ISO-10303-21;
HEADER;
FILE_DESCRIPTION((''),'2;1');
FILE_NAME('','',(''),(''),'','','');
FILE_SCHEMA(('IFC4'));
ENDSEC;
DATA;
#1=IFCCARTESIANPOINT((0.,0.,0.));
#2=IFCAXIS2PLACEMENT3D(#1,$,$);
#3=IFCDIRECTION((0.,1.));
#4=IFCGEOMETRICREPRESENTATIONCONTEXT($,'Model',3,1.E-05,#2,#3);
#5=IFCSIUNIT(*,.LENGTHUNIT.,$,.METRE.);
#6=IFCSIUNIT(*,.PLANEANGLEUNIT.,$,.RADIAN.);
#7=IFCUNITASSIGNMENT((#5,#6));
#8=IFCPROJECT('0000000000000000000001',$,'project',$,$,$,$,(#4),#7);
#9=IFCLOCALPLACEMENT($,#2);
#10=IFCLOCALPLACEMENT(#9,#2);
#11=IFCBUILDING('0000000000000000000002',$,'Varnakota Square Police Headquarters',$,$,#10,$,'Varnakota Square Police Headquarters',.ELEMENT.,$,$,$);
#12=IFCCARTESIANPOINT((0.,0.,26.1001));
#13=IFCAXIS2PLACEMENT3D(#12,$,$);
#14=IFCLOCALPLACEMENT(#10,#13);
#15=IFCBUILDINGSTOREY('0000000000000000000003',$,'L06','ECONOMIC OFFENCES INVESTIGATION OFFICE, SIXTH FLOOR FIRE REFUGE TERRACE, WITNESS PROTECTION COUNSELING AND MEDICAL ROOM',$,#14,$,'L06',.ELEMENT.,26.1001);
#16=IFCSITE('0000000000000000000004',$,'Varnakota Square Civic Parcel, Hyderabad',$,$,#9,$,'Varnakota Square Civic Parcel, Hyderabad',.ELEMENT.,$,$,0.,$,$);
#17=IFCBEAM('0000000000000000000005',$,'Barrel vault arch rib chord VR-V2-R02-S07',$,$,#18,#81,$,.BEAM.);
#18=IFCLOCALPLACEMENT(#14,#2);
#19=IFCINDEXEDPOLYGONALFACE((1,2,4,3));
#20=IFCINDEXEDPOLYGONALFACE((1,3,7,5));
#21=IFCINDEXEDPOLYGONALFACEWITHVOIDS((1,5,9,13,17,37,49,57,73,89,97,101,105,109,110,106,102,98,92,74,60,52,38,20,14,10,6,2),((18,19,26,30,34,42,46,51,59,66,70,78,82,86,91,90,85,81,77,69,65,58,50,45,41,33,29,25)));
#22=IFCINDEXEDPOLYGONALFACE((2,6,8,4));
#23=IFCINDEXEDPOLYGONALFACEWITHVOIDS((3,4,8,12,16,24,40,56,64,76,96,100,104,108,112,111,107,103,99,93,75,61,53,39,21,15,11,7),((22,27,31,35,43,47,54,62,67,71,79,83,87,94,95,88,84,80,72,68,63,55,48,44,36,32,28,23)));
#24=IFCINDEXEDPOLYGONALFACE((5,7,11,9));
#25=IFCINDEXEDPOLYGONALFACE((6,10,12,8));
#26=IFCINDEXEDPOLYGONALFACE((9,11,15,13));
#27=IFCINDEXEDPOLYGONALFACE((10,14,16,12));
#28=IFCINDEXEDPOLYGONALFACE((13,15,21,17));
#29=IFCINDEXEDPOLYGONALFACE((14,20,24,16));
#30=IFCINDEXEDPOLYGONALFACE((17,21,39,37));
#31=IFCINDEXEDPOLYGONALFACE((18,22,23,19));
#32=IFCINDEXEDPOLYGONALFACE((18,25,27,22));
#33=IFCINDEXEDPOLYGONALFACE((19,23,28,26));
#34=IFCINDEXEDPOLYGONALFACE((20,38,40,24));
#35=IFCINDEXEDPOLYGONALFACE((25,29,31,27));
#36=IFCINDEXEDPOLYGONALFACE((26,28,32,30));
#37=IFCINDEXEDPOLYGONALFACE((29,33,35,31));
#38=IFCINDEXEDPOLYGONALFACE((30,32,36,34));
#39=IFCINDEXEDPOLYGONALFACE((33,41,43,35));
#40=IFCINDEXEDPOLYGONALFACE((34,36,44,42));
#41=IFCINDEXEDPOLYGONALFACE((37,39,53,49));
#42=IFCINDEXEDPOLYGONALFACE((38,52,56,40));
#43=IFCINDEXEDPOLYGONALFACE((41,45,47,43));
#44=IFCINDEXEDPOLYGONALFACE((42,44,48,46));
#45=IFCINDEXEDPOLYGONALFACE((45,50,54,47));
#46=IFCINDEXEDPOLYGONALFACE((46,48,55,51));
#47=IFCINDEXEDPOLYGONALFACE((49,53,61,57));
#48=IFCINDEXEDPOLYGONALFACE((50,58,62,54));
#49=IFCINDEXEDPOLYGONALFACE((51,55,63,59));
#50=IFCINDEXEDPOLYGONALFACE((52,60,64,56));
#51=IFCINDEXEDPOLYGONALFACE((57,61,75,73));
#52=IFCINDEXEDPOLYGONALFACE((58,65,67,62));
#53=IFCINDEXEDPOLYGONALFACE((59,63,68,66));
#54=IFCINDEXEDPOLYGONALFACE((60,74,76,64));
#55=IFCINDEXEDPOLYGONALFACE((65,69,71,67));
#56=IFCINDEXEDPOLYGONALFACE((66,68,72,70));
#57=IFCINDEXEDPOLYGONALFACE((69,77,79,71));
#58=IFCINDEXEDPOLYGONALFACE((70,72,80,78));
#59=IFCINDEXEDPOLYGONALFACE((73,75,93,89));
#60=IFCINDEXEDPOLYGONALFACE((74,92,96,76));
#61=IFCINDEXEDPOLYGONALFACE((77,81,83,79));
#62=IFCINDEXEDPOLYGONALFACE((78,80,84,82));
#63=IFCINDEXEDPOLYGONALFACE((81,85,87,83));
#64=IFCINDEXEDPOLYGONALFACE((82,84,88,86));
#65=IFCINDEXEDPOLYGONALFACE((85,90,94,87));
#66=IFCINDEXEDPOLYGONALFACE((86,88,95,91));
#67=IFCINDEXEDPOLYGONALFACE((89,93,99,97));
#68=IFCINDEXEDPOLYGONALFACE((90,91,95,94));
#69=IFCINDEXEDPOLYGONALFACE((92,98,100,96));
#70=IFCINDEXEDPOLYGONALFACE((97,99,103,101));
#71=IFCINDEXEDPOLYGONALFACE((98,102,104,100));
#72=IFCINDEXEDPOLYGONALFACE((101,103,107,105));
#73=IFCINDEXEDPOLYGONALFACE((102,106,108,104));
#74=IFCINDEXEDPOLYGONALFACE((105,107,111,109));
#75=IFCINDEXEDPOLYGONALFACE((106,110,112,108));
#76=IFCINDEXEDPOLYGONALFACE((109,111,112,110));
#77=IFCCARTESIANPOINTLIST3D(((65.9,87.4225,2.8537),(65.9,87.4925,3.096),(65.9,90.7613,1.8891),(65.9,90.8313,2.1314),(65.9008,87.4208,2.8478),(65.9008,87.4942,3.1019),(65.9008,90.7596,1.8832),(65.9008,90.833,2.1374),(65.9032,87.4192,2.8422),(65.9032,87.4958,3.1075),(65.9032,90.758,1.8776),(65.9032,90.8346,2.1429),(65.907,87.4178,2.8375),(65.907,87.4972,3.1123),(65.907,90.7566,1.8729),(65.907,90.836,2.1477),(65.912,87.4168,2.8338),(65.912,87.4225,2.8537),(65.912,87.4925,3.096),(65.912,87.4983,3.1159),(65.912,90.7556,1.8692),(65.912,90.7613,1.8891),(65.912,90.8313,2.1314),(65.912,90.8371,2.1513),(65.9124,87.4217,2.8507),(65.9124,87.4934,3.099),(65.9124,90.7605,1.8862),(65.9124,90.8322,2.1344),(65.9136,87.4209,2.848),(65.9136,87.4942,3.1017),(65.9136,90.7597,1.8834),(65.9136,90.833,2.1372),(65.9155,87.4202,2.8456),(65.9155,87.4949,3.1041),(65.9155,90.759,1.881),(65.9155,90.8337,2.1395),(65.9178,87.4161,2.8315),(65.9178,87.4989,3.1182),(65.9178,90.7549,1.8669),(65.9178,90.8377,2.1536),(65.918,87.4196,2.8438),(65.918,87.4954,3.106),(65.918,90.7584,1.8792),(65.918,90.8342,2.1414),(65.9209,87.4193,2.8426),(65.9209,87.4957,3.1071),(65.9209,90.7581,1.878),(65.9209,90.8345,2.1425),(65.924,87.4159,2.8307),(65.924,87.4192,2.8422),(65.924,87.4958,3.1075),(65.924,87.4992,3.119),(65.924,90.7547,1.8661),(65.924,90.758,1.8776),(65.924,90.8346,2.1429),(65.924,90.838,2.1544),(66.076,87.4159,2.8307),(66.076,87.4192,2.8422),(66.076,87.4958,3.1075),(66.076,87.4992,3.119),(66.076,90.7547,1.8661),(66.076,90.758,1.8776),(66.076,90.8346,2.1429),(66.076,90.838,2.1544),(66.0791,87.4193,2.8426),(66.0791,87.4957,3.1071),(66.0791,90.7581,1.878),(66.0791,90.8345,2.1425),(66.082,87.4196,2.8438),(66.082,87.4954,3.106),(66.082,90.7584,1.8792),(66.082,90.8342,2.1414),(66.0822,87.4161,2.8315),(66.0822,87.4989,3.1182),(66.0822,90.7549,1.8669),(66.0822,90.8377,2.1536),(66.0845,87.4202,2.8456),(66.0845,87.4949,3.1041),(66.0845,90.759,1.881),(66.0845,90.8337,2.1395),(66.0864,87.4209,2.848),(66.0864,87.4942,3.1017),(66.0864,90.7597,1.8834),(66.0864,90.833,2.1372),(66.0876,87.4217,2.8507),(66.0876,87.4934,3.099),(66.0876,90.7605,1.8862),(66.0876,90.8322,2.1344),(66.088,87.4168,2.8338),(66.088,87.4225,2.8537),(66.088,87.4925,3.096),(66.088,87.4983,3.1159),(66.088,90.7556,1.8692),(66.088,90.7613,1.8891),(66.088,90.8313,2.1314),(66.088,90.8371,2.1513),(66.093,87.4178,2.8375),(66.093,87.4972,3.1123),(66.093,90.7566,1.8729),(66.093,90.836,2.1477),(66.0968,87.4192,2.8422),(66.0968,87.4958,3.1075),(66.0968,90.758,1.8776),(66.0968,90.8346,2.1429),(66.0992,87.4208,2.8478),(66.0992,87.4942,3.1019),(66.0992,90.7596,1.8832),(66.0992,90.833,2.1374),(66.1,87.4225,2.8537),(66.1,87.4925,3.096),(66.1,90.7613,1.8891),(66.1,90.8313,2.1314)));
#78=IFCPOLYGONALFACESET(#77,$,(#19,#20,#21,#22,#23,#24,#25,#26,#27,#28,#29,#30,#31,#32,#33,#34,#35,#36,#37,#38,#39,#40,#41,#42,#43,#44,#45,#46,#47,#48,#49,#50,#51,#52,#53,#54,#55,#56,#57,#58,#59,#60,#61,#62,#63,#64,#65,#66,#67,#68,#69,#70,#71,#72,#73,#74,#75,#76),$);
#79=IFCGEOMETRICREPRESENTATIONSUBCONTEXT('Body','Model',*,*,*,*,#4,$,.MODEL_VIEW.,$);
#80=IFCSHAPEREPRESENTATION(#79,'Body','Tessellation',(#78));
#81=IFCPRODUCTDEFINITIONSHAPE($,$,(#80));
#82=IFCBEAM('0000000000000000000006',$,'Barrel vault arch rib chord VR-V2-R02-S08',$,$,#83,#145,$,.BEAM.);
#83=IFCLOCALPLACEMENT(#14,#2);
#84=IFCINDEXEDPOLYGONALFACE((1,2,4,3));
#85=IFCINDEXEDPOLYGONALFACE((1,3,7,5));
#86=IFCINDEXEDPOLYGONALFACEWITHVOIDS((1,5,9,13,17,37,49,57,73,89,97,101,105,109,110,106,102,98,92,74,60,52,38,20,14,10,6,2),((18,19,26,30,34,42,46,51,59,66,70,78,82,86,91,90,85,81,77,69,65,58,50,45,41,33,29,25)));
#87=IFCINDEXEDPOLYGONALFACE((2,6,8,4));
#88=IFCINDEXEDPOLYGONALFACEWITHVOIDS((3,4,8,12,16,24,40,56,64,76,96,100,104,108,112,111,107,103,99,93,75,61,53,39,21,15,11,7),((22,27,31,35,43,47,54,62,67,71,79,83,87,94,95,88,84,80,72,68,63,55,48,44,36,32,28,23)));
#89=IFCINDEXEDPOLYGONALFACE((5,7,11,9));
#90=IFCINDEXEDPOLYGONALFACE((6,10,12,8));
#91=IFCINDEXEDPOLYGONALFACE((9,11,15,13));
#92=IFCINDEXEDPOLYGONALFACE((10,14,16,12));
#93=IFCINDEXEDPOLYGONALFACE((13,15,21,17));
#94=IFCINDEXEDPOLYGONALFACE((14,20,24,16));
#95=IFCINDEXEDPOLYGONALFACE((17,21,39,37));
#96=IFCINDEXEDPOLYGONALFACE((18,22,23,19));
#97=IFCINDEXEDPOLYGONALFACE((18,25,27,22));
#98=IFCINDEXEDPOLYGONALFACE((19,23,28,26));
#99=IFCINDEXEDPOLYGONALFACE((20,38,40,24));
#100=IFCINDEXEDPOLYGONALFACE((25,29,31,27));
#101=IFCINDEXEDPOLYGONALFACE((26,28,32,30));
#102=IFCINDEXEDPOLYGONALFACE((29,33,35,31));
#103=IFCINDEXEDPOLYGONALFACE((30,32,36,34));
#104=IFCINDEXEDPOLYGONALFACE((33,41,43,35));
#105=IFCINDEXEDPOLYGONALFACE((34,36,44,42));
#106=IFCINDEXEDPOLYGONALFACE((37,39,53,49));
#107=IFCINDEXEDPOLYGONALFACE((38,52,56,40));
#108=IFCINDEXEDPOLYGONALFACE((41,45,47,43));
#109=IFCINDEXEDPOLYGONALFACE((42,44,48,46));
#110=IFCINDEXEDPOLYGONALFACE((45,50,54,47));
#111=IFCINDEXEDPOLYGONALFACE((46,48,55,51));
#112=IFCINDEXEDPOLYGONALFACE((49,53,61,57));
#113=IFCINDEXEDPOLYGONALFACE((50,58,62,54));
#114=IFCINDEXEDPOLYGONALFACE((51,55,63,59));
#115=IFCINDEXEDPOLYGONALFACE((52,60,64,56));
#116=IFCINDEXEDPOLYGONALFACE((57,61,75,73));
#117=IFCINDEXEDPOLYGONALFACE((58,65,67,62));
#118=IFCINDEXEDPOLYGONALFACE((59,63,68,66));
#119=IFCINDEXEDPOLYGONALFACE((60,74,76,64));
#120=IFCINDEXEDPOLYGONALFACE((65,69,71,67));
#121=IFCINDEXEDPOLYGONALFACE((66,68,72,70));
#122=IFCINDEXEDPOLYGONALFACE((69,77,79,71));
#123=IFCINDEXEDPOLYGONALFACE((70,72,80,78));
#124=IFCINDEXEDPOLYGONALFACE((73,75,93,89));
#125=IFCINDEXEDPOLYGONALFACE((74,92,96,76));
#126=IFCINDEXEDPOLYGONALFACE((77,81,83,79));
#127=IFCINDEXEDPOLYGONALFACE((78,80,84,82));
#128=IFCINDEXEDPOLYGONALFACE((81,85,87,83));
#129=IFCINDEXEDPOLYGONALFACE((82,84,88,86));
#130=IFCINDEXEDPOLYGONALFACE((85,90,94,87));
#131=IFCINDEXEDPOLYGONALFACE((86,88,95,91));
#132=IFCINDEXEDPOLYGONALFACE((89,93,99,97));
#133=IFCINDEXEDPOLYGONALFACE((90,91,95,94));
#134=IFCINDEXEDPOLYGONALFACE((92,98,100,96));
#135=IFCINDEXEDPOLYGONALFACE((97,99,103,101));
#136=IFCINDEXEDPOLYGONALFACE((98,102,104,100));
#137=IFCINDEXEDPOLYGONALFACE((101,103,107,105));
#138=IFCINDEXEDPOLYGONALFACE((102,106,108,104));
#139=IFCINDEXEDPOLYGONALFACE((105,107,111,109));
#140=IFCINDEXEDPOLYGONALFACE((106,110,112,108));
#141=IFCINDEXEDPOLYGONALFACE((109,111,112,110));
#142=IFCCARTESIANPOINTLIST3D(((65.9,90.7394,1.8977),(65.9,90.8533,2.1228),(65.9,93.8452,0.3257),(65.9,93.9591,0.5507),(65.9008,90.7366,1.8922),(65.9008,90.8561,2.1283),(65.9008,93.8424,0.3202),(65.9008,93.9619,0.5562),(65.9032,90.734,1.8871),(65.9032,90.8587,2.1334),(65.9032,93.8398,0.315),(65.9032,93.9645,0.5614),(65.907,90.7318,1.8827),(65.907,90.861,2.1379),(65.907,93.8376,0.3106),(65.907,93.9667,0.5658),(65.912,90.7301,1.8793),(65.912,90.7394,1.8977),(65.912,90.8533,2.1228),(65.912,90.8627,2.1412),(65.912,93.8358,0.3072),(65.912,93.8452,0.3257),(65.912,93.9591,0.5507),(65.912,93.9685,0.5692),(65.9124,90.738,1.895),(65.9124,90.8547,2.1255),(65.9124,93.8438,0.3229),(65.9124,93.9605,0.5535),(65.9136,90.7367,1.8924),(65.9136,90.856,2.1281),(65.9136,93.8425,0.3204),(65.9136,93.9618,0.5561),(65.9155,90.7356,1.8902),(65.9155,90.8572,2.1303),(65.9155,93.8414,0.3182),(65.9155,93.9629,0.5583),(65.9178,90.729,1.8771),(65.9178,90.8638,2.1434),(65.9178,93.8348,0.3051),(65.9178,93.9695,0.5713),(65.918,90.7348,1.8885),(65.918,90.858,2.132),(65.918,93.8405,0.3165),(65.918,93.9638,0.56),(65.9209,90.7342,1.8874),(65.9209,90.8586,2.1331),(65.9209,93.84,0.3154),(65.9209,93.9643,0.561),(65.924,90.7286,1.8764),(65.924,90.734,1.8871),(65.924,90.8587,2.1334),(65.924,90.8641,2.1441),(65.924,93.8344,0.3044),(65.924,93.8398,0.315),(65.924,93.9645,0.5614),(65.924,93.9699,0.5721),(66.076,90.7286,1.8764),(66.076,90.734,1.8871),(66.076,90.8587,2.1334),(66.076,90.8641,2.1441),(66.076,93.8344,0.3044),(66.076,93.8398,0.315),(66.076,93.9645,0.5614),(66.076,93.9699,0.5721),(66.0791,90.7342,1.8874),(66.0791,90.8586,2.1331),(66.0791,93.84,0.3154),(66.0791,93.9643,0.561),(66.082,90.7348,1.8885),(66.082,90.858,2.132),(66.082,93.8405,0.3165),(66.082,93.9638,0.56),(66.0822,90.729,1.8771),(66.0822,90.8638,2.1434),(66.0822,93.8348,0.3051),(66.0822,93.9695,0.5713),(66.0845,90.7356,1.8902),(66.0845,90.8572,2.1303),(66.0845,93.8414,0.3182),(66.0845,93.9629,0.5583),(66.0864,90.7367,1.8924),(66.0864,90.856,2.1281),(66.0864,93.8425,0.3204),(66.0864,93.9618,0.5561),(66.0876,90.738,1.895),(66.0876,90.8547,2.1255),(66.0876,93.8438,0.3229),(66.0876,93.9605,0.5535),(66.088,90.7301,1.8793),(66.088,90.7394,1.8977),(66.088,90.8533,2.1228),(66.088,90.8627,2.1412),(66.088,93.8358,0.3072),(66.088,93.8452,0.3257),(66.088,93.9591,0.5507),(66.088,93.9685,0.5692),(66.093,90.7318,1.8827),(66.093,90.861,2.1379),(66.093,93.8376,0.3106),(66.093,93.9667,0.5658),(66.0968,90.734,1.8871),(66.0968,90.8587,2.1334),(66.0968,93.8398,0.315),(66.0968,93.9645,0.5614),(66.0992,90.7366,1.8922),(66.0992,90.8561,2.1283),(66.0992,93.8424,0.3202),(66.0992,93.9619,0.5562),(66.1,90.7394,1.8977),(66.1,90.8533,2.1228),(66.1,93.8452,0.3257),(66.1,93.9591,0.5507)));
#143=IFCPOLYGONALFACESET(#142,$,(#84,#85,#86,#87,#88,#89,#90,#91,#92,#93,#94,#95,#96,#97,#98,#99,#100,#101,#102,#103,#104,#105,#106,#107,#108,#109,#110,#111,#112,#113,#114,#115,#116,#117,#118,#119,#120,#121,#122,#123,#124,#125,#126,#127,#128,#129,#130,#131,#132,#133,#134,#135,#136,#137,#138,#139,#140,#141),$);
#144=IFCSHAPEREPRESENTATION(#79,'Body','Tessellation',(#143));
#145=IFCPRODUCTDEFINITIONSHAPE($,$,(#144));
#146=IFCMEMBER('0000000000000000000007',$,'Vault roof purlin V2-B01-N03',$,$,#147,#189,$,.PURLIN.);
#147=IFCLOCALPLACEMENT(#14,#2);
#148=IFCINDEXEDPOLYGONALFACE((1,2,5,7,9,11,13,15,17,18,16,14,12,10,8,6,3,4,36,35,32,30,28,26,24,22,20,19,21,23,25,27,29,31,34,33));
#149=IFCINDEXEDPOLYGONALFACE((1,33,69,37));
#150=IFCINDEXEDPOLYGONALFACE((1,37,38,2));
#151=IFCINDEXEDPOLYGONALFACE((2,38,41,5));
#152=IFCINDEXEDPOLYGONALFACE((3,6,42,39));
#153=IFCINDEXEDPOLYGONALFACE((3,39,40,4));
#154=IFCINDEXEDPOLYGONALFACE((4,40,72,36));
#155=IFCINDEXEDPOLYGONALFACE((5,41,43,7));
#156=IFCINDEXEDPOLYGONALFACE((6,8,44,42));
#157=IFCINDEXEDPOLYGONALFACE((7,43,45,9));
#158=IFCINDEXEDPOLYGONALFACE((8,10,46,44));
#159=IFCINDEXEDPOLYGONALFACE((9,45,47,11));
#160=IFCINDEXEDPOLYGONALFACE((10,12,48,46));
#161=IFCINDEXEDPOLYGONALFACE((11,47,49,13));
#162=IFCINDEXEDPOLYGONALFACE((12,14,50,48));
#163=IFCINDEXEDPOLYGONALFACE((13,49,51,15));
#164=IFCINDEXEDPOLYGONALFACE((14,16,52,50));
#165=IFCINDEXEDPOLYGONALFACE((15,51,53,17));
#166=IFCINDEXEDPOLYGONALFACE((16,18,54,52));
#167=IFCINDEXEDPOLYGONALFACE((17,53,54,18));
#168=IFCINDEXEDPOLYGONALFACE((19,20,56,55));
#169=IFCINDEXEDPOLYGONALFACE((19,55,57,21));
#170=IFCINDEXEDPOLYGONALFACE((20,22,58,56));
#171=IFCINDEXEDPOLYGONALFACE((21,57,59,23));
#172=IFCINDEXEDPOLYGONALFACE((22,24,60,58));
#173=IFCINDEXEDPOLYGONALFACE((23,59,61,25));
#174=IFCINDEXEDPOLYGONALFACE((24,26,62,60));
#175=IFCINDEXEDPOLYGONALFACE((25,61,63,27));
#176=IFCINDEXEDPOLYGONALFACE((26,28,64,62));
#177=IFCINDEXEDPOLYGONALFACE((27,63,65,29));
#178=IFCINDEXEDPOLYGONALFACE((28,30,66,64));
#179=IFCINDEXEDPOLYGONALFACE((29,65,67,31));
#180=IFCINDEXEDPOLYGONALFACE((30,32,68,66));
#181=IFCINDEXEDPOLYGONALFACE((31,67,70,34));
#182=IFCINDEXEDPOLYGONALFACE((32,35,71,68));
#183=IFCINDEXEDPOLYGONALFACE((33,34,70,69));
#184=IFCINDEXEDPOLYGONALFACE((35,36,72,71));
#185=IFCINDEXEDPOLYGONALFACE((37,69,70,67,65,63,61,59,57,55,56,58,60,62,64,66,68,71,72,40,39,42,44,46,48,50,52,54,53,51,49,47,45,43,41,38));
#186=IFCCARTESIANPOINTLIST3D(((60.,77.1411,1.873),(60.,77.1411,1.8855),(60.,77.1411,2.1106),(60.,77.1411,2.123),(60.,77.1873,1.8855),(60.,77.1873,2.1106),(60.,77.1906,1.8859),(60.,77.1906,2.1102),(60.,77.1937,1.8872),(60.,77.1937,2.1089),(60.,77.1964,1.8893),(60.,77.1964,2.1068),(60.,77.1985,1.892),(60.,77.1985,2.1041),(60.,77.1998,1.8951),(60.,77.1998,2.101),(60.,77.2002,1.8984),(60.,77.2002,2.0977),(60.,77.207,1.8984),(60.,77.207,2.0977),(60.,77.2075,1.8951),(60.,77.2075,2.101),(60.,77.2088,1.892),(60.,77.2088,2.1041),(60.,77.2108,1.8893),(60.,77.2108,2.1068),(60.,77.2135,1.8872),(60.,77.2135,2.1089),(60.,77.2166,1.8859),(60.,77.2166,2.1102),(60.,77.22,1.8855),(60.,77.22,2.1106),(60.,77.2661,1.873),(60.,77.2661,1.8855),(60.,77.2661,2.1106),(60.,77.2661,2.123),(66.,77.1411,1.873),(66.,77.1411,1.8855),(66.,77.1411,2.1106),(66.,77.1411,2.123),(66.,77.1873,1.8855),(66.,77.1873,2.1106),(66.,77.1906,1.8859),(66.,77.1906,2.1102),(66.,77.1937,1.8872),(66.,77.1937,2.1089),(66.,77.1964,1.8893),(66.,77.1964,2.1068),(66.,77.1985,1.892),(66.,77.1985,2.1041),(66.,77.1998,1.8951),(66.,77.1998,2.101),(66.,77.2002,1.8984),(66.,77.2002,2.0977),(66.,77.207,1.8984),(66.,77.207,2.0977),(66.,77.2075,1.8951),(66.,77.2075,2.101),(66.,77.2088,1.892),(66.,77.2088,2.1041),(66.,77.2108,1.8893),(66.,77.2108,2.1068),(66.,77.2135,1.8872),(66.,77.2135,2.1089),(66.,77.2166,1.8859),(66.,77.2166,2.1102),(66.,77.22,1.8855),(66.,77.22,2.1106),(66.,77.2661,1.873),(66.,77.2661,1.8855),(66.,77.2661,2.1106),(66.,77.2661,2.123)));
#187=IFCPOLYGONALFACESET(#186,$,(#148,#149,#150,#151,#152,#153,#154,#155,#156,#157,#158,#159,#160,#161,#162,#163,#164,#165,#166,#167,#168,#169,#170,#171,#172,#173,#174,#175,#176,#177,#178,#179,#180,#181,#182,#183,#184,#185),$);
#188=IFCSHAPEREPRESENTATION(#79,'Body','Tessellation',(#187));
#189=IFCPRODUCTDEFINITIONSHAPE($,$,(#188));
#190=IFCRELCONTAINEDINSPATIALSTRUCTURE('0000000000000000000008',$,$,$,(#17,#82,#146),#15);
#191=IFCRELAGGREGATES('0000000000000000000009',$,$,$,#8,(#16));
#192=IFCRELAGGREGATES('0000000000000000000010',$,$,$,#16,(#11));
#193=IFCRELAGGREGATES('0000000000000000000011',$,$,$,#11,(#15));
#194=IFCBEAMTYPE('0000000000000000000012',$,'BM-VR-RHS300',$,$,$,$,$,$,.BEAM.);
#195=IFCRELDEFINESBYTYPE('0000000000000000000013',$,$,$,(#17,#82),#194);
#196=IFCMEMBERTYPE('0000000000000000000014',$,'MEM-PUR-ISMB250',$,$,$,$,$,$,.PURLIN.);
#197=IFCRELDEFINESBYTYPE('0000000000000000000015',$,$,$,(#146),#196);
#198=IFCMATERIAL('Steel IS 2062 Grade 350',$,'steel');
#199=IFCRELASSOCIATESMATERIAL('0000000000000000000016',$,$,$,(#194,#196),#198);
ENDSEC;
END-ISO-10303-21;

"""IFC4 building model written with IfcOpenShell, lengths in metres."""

from ifc_helpers import new_model, si_unit, direction, frame, origin, origin_2d, place, context, subcontext, project, spatial, hollow_rectangle, i_section, extrude, material, material_profile, profile_set, type_object, element, save


model = new_model("IFC4")

# Units and contexts
model_context = context("Model", 3, precision=1e-05, world=origin(), true_north=direction((0.0, 1.0)))
body_context = subcontext(model_context, "Body", "Model", "MODEL_VIEW")
ifc_project = project(units=[si_unit("LENGTHUNIT", "METRE"), si_unit("PLANEANGLEUNIT", "RADIAN")], contexts=[model_context])

# Site, building, storey
site_placement = place(None, origin())
site = spatial("IfcSite", under=ifc_project, at=site_placement, Name="Varnakota Square Civic Parcel, Hyderabad", LongName="Varnakota Square Civic Parcel, Hyderabad", CompositionType="ELEMENT", RefElevation=0.0)
building_placement = place(site_placement, origin())
building = spatial("IfcBuilding", under=site, at=building_placement, Name="Varnakota Square Police Headquarters", LongName="Varnakota Square Police Headquarters", CompositionType="ELEMENT")
storey_placement = place(building_placement, frame((0.0, 0.0, 26.1001)))
storey = spatial("IfcBuildingStorey", under=building, at=storey_placement, Name="L06", Description="ECONOMIC OFFENCES INVESTIGATION OFFICE, SIXTH FLOOR FIRE REFUGE TERRACE, WITNESS PROTECTION COUNSELING AND MEDICAL ROOM", LongName="L06", CompositionType="ELEMENT", Elevation=26.1001)

# Beams
ifc_material_1 = material(Name="Steel IS 2062 Grade 350", Category="steel")
ifc_material_profile_1 = material_profile(ifc_material_1, hollow_rectangle(XDim=0.2, YDim=0.3, WallThickness=0.012, InnerFilletRadius=0.012, OuterFilletRadius=0.0239, at=origin_2d()), Name="RHS 300x200x12")
ifc_profile_set_1 = profile_set([ifc_material_profile_1], Name="Steel IS 2062 Grade 350")
beam_type = type_object("IfcBeamType", Name="BM-VR-RHS300", PredefinedType="BEAM", material=ifc_profile_set_1)
beam_1_placement = place(storey_placement, frame((66.0, 87.4575, 2.9749), z_axis=(0.0, 0.960711, -0.27755), x_axis=(-1.0, 0.0, 0.0)))
element("IfcBeam", 1, at=beam_1_placement, inside=storey, type_object=beam_type, Name="Barrel vault arch rib chord VR-V2-R02-S07", PredefinedType="BEAM", context=body_context, shape_type="SweptSolid", body=[
    extrude(hollow_rectangle(XDim=0.2, YDim=0.3, WallThickness=0.012, InnerFilletRadius=0.012, OuterFilletRadius=0.0239, at=origin_2d()), origin(), (0.0, 0.0, 1.0), 3.4753),
])
beam_2_placement = place(storey_placement, frame((66.0, 90.7964, 2.0103), z_axis=(0.0, 0.892214, -0.451613), x_axis=(-1.0, 0.0, 0.0)))
element("IfcBeam", 2, at=beam_2_placement, inside=storey, type_object=beam_type, Name="Barrel vault arch rib chord VR-V2-R02-S08", PredefinedType="BEAM", context=body_context, shape_type="SweptSolid", body=[
    extrude(hollow_rectangle(XDim=0.2, YDim=0.3, WallThickness=0.012, InnerFilletRadius=0.012, OuterFilletRadius=0.0239, at=origin_2d()), origin(), (0.0, 0.0, 1.0), 3.481),
])

# Member
ifc_material_profile_2 = material_profile(ifc_material_1, i_section(OverallWidth=0.125, OverallDepth=0.25, WebThickness=0.0068, FlangeThickness=0.0125, FilletRadius=0.0129, at=origin_2d()), Name="ISMB 250")
ifc_profile_set_2 = profile_set([ifc_material_profile_2], Name="Steel IS 2062 Grade 350")
member_type_1 = type_object("IfcMemberType", Name="MEM-PUR-ISMB250", PredefinedType="PURLIN", material=ifc_profile_set_2)
for number, where, z_axis, x_axis, name in (
    (3, (60.0, 77.2036, 1.998), (1.0, 0.0, 0.0), (0.0, 1.0, 0.0), "Vault roof purlin V2-B01-N03"),
):
    element("IfcMember", number, at=place(storey_placement, frame(where, z_axis=z_axis, x_axis=x_axis)), inside=storey, type_object=member_type_1, Name=name, PredefinedType="PURLIN", context=body_context, shape_type="SweptSolid", body=[
        extrude(i_section(OverallWidth=0.125, OverallDepth=0.25, WebThickness=0.0068, FlangeThickness=0.0125, FilletRadius=0.0129, at=origin_2d()), origin(), (0.0, 0.0, 1.0), 6.0),
    ])

save(model, "model.ifc")
